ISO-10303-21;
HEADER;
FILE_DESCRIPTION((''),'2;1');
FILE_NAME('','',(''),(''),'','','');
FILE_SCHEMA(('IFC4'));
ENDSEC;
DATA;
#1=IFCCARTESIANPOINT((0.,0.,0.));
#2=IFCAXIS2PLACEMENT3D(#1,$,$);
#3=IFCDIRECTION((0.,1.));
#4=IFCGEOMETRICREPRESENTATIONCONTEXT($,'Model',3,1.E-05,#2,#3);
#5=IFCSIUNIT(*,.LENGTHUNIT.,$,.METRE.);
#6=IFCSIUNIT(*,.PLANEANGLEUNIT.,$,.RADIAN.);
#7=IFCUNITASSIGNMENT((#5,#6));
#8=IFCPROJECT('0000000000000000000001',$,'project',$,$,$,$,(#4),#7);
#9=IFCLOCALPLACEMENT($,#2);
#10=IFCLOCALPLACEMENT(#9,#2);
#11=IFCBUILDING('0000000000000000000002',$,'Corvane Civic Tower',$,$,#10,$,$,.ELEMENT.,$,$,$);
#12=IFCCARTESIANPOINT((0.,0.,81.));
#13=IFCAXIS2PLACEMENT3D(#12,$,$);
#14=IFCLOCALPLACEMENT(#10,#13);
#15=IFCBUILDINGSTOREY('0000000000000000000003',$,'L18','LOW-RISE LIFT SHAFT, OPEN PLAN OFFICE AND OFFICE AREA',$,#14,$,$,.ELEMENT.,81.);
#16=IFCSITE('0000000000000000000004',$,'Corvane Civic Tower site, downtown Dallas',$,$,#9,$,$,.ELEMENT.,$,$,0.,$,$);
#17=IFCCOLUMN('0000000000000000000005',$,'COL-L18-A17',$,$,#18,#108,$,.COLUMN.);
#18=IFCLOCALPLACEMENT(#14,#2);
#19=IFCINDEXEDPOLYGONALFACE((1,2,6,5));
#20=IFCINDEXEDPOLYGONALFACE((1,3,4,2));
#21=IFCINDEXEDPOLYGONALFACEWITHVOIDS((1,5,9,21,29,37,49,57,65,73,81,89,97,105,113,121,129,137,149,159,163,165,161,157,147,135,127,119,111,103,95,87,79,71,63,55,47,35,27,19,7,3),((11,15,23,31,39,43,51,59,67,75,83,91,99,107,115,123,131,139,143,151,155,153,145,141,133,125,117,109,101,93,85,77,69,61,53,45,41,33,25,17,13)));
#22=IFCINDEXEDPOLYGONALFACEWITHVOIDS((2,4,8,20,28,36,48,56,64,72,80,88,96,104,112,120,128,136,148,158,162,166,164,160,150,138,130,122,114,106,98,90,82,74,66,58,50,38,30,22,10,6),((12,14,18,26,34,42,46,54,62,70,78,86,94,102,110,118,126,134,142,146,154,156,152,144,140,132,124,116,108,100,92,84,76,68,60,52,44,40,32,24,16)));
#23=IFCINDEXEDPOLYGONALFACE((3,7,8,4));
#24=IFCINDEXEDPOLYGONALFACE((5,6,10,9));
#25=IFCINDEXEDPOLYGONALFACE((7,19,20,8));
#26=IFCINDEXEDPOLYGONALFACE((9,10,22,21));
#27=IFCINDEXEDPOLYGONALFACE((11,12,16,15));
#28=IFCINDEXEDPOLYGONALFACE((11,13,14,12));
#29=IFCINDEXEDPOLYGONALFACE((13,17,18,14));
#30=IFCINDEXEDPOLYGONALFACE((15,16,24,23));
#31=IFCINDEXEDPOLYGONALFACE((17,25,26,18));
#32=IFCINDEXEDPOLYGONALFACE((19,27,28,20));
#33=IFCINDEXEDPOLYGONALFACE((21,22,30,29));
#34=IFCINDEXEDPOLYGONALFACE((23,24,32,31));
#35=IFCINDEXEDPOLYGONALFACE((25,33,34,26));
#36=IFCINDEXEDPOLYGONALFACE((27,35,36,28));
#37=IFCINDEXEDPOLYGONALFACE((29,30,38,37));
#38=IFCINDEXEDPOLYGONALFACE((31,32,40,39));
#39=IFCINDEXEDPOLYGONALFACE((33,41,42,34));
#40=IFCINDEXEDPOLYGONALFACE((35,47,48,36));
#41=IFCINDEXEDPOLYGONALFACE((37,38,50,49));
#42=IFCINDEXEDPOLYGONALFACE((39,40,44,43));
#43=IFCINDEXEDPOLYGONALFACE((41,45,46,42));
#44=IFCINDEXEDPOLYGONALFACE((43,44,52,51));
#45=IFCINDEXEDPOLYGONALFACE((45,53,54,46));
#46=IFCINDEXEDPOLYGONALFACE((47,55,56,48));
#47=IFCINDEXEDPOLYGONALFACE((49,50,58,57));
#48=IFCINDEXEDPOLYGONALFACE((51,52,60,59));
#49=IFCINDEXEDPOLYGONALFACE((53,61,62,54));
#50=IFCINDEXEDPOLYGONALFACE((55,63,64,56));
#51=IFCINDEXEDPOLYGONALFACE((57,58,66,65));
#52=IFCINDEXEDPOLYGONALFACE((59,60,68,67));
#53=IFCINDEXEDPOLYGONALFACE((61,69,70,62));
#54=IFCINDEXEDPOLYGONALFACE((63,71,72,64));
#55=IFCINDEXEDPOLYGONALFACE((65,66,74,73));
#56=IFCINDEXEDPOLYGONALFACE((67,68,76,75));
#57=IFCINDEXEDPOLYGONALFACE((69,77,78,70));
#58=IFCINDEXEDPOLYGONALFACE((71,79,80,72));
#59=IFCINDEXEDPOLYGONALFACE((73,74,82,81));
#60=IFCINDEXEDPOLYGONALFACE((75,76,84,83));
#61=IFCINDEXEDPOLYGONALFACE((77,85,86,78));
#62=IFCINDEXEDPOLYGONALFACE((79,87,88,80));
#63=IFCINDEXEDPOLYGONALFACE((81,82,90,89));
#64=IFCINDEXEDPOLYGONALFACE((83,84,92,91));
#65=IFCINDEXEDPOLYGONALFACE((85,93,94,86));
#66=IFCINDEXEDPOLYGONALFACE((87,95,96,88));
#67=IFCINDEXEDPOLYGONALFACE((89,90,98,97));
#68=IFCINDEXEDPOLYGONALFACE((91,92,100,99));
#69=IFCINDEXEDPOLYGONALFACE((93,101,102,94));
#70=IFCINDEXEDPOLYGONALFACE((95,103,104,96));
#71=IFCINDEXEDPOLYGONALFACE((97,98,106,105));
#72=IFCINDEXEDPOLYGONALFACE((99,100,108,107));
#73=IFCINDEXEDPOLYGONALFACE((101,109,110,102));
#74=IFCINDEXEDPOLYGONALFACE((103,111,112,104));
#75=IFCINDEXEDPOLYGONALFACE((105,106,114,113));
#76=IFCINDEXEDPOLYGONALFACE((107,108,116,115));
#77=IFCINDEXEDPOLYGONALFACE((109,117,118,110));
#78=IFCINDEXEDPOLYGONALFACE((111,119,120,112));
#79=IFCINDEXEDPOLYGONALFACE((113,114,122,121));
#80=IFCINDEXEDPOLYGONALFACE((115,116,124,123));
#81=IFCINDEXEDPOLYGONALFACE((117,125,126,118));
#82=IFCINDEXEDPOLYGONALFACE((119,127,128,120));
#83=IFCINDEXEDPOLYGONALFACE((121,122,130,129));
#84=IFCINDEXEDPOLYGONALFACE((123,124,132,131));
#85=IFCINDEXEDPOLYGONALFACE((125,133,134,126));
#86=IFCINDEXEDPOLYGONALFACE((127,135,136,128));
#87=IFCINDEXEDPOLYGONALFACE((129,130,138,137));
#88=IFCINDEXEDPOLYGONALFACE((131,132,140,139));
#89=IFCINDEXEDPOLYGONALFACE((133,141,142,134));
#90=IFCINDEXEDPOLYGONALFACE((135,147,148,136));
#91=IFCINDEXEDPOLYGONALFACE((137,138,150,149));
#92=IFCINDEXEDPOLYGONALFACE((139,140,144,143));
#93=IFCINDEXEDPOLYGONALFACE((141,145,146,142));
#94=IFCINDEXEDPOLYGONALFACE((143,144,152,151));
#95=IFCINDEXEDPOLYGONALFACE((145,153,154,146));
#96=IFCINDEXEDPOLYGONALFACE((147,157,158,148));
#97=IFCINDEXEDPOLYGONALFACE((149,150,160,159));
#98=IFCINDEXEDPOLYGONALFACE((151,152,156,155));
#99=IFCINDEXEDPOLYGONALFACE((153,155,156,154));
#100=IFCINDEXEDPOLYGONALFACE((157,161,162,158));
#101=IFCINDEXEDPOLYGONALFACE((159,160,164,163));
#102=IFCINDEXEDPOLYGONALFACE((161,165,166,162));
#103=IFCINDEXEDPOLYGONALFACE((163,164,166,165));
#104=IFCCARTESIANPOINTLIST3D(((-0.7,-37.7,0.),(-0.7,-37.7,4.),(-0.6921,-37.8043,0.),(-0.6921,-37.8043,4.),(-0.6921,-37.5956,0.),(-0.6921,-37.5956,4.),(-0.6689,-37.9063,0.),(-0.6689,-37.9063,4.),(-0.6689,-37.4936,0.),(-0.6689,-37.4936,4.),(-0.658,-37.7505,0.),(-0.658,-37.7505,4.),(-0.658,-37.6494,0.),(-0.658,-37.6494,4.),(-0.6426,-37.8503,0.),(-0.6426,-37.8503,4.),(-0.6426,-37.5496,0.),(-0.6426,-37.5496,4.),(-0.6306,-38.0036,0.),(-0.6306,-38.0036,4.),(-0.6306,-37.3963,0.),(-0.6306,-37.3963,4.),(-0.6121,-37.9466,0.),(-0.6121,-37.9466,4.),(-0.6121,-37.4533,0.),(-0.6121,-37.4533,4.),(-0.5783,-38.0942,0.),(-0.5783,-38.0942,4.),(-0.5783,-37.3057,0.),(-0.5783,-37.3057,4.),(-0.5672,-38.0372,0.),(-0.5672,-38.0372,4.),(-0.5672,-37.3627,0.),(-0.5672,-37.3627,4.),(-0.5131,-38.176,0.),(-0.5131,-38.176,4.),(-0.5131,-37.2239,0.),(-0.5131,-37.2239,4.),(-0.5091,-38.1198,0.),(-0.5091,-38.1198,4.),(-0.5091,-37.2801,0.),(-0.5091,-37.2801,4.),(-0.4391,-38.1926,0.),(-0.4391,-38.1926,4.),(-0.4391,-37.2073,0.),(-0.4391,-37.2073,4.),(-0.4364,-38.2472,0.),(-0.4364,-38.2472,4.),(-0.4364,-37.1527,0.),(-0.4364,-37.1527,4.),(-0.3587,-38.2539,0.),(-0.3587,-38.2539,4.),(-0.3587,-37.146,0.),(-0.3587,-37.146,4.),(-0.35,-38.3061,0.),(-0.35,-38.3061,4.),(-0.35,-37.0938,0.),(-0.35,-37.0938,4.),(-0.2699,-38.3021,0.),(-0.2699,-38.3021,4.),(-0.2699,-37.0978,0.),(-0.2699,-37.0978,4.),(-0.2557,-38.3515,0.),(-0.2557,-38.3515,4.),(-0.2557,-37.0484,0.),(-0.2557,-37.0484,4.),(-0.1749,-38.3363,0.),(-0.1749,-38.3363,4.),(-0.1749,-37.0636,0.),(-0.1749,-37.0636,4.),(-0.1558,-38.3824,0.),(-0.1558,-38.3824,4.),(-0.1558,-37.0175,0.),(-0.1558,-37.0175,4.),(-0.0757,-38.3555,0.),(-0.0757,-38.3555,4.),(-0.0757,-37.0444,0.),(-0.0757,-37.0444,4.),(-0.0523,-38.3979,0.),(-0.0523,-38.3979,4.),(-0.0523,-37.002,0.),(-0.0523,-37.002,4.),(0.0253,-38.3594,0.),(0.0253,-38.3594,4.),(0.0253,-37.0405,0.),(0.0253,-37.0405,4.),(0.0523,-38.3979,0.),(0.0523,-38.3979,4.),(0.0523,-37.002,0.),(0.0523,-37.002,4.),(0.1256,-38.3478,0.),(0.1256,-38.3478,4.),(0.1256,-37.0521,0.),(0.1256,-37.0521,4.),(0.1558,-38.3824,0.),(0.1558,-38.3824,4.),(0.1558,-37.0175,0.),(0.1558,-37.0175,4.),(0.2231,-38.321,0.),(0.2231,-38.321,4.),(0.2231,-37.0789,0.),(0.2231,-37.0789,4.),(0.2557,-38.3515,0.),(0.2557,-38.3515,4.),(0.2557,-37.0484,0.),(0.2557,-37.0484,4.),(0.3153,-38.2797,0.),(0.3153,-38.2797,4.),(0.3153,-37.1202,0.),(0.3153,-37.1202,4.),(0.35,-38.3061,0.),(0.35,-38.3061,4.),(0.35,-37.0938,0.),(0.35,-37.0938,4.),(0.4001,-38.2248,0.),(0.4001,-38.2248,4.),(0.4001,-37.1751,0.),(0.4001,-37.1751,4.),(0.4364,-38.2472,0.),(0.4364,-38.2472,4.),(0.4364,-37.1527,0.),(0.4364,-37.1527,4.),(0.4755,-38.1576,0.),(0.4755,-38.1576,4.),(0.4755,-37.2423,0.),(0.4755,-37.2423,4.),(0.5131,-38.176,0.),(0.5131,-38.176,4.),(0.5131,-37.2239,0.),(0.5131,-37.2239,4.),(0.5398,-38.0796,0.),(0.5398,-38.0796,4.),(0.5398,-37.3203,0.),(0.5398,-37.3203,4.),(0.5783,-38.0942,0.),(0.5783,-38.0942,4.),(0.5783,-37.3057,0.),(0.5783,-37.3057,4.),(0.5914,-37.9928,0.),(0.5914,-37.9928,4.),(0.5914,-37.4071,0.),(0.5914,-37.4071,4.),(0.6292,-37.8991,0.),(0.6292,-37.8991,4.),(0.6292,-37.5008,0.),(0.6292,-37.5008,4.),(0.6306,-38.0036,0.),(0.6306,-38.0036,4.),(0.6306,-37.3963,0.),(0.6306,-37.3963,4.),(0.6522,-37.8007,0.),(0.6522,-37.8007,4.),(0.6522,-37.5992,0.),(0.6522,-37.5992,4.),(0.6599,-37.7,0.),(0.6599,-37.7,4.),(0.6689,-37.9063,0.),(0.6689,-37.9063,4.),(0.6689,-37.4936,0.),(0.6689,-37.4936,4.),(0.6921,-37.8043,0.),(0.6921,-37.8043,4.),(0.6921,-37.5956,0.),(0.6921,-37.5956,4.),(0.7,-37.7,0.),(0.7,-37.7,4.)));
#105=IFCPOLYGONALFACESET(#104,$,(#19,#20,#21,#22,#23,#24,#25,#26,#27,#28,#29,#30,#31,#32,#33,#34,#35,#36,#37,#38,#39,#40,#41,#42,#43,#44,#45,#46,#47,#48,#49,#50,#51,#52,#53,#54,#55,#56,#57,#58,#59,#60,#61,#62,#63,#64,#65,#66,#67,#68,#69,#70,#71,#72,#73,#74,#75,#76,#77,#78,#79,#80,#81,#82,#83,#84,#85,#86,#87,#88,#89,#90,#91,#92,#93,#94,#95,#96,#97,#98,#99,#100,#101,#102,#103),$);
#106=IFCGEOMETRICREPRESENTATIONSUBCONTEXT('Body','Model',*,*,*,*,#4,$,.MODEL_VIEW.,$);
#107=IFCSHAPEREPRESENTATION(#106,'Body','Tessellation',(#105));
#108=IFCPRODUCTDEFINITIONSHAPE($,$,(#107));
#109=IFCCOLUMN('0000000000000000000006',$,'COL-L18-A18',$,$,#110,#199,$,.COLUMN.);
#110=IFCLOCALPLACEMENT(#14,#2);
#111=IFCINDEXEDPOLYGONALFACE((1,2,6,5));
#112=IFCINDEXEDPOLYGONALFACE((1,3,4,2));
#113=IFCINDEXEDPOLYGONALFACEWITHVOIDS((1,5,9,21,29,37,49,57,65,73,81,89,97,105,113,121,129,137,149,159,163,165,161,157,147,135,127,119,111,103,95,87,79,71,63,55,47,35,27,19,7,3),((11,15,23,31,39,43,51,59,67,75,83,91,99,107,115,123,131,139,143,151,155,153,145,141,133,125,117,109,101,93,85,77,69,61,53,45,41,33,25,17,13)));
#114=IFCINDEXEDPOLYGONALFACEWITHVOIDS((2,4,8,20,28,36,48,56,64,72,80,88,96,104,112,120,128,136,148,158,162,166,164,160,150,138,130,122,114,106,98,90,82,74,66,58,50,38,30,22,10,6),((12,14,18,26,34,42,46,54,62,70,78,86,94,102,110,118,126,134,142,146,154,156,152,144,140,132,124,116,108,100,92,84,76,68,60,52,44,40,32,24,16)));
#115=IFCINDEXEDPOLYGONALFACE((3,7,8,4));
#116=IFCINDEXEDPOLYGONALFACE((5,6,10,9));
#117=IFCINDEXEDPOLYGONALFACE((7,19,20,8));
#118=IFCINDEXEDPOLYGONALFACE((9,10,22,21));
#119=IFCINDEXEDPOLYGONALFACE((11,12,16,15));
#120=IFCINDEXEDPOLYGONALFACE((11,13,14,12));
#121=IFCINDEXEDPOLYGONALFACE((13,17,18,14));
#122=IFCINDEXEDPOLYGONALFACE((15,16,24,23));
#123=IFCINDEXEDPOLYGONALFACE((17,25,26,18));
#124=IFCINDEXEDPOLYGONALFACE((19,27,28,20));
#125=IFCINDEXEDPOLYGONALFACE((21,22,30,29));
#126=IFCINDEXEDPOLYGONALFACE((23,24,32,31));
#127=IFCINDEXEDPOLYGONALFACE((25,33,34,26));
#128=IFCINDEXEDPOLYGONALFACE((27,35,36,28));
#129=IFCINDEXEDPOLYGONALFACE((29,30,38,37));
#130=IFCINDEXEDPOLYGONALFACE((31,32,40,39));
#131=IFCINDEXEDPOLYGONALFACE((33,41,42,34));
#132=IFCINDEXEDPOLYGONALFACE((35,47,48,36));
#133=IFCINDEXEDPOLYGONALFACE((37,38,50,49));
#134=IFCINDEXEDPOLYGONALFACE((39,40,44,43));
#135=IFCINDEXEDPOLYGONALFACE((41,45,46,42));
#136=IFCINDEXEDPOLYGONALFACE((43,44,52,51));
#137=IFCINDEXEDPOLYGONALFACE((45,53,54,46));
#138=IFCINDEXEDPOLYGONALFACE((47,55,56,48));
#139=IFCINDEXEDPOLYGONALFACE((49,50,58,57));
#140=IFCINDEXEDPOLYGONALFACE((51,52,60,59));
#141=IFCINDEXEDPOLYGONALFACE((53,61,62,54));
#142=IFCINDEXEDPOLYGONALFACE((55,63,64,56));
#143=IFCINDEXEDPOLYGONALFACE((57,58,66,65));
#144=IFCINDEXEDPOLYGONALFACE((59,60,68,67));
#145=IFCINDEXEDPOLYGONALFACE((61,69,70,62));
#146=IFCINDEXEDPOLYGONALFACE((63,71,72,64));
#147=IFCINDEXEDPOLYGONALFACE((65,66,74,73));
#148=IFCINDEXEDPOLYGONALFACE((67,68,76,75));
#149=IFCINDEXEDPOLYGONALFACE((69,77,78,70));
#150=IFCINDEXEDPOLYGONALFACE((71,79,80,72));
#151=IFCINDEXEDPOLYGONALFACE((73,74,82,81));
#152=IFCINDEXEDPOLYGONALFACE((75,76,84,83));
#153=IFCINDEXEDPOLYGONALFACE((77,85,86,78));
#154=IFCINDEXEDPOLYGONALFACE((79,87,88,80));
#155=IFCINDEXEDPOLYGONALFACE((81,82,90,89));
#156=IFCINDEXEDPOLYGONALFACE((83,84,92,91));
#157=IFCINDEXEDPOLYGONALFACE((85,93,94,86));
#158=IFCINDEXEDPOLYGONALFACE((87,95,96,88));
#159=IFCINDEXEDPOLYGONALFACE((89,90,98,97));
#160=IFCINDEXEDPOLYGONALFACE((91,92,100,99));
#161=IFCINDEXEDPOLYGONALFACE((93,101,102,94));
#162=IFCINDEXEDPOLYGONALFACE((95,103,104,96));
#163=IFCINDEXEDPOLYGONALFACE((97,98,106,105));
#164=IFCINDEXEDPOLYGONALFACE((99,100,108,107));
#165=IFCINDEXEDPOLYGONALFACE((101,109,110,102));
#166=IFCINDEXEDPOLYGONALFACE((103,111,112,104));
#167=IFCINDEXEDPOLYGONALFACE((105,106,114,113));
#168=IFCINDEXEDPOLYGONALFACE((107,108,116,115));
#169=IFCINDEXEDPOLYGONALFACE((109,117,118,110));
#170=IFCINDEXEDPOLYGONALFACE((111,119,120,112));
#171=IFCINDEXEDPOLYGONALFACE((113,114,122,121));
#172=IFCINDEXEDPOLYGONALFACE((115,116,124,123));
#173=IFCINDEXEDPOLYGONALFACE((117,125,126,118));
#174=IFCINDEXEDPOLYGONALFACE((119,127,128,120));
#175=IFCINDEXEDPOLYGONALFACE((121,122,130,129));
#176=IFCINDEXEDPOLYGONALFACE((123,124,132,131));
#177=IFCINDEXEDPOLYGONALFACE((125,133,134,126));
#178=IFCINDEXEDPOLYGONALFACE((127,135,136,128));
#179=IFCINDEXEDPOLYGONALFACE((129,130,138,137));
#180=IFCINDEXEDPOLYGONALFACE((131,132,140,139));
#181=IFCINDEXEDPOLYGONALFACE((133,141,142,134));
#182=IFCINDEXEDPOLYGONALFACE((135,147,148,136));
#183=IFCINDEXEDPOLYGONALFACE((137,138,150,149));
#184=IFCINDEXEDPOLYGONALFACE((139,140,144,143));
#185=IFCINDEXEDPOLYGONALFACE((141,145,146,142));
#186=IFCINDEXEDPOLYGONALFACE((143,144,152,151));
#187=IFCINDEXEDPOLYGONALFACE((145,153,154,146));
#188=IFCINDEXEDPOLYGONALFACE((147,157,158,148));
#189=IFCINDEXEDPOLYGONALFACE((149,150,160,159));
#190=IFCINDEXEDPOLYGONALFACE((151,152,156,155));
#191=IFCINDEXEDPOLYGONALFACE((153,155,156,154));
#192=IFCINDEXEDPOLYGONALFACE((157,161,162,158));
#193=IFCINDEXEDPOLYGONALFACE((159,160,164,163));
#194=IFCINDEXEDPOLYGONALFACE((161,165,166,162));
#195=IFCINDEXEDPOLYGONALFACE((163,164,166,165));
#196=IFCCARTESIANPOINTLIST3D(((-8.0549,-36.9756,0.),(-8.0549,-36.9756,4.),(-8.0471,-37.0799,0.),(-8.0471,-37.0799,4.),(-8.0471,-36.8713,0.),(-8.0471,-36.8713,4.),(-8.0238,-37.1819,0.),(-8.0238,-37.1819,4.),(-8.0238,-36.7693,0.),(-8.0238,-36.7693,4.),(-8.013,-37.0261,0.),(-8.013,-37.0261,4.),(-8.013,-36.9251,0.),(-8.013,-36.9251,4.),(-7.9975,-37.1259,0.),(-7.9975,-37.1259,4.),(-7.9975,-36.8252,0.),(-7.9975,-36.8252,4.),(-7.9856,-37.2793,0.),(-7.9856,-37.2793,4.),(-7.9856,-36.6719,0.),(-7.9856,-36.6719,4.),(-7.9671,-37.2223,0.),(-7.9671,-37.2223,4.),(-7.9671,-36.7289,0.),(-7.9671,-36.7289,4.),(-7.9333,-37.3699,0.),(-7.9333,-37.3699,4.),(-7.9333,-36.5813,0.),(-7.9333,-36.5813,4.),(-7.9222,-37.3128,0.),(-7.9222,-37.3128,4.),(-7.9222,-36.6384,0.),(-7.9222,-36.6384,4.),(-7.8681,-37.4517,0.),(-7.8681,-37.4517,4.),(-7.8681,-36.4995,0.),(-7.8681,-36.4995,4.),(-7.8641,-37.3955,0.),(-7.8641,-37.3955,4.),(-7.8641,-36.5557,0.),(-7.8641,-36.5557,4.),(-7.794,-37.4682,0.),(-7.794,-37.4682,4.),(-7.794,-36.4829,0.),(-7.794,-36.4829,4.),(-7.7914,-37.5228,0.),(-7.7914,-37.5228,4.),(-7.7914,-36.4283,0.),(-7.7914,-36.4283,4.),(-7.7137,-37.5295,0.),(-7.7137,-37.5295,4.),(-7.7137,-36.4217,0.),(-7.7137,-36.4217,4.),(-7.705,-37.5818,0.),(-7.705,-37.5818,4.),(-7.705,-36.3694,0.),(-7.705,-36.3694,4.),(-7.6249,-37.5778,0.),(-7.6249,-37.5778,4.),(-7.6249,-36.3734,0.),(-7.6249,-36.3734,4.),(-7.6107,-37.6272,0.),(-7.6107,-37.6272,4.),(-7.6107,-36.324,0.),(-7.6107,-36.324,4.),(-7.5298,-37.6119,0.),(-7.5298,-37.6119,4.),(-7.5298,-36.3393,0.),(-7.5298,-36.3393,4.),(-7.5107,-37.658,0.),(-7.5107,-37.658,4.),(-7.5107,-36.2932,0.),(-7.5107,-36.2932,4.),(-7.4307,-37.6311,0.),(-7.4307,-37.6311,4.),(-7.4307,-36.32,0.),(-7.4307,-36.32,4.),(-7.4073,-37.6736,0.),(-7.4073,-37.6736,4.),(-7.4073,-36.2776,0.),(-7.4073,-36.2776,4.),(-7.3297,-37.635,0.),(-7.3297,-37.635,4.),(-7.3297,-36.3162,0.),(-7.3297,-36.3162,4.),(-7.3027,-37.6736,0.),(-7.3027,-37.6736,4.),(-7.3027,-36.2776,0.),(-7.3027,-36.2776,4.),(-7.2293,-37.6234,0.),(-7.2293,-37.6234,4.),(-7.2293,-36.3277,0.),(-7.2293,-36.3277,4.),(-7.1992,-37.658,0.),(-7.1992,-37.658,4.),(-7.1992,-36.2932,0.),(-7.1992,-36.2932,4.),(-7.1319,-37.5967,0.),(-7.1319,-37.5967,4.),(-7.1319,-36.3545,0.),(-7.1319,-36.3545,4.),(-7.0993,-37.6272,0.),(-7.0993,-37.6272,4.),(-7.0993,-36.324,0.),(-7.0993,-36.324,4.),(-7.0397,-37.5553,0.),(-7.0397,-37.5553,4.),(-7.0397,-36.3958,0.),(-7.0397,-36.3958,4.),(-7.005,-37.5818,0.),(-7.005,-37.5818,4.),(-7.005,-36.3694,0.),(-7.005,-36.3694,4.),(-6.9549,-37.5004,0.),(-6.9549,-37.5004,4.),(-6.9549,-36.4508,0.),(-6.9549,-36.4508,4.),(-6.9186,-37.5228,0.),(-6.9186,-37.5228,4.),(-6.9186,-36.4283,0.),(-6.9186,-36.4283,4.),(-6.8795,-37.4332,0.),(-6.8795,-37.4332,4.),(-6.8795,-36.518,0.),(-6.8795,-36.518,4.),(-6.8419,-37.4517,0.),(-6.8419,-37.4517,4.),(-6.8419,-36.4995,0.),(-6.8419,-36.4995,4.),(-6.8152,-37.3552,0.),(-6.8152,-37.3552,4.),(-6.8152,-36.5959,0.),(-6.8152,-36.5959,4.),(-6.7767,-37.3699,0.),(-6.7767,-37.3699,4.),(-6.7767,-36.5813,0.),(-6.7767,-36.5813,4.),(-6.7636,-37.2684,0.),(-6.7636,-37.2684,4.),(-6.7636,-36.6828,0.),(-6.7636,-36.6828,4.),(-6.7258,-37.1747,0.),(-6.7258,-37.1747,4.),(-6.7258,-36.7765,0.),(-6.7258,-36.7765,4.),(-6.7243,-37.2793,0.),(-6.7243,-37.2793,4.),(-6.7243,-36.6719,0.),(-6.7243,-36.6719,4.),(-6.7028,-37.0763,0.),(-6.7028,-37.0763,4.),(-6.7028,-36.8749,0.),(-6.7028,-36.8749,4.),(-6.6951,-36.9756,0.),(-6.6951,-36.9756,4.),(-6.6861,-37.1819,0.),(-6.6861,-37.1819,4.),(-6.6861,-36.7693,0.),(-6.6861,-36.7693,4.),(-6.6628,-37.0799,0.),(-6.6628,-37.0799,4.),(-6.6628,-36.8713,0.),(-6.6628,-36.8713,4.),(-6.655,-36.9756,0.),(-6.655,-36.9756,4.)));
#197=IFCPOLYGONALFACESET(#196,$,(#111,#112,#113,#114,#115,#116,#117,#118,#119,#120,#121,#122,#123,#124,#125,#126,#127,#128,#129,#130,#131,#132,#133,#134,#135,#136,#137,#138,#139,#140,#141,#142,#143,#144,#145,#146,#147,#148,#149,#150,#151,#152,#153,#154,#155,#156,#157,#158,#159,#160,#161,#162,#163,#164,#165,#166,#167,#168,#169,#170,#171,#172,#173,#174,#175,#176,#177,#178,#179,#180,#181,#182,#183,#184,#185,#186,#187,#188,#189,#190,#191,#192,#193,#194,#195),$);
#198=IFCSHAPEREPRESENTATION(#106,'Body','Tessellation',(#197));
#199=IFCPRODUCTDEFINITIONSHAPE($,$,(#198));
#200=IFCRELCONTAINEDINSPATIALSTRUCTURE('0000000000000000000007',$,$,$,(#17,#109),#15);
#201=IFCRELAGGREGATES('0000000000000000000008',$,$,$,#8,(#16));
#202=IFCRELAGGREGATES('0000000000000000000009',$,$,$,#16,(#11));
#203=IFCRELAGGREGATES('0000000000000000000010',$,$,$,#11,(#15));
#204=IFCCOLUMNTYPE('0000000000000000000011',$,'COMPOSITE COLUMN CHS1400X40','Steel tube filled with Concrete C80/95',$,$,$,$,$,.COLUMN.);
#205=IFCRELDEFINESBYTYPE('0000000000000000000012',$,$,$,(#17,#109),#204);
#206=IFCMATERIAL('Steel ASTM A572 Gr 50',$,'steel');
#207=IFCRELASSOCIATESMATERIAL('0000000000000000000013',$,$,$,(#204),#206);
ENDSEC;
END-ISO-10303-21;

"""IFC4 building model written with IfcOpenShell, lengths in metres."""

from ifc_helpers import new_model, si_unit, direction, frame, origin, origin_2d, place, context, subcontext, project, spatial, hollow_circle, extrude, material, material_profile, profile_set, type_object, element, save


model = new_model("IFC4")

# Units and contexts
model_context = context("Model", 3, precision=1e-05, world=origin(), true_north=direction((0.0, 1.0)))
body_context = subcontext(model_context, "Body", "Model", "MODEL_VIEW")
ifc_project = project(units=[si_unit("LENGTHUNIT", "METRE"), si_unit("PLANEANGLEUNIT", "RADIAN")], contexts=[model_context])

# Site, building, storey
site_placement = place(None, origin())
site = spatial("IfcSite", under=ifc_project, at=site_placement, Name="Corvane Civic Tower site, downtown Dallas", CompositionType="ELEMENT", RefElevation=0.0)
building_placement = place(site_placement, origin())
building = spatial("IfcBuilding", under=site, at=building_placement, Name="Corvane Civic Tower", CompositionType="ELEMENT")
storey_placement = place(building_placement, frame((0.0, 0.0, 81.0)))
storey = spatial("IfcBuildingStorey", under=building, at=storey_placement, Name="L18", Description="LOW-RISE LIFT SHAFT, OPEN PLAN OFFICE AND OFFICE AREA", CompositionType="ELEMENT", Elevation=81.0)

# Columns
ifc_material_1 = material(Name="Steel ASTM A572 Gr 50", Category="steel")
ifc_material_profile_1 = material_profile(ifc_material_1, hollow_circle(Radius=0.7, WallThickness=0.04, at=origin_2d()), Name="CHS1400X40")
ifc_profile_set_1 = profile_set([ifc_material_profile_1], Name="Steel ASTM A572 Gr 50")
column_type = type_object("IfcColumnType", Name="COMPOSITE COLUMN CHS1400X40", Description="Steel tube filled with Concrete C80/95", PredefinedType="COLUMN", material=ifc_profile_set_1)
for number, where, z_axis, x_axis, name in (
    (1, (0.0, -37.7, 0.0), (0.0, 0.0, 1.0), (1.0, 0.0, 0.0), "COL-L18-A17"),
    (2, (-7.355, -36.9756, 0.0), (0.0, 0.0, 1.0), (1.0, 0.0, 0.0), "COL-L18-A18"),
):
    element("IfcColumn", number, at=place(storey_placement, frame(where, z_axis=z_axis, x_axis=x_axis)), inside=storey, type_object=column_type, Name=name, PredefinedType="COLUMN", context=body_context, shape_type="SweptSolid", body=[
        extrude(hollow_circle(Radius=0.7, WallThickness=0.04, at=origin_2d()), origin(), (0.0, 0.0, 1.0), 4.0),
    ])

save(model, "model.ifc")
